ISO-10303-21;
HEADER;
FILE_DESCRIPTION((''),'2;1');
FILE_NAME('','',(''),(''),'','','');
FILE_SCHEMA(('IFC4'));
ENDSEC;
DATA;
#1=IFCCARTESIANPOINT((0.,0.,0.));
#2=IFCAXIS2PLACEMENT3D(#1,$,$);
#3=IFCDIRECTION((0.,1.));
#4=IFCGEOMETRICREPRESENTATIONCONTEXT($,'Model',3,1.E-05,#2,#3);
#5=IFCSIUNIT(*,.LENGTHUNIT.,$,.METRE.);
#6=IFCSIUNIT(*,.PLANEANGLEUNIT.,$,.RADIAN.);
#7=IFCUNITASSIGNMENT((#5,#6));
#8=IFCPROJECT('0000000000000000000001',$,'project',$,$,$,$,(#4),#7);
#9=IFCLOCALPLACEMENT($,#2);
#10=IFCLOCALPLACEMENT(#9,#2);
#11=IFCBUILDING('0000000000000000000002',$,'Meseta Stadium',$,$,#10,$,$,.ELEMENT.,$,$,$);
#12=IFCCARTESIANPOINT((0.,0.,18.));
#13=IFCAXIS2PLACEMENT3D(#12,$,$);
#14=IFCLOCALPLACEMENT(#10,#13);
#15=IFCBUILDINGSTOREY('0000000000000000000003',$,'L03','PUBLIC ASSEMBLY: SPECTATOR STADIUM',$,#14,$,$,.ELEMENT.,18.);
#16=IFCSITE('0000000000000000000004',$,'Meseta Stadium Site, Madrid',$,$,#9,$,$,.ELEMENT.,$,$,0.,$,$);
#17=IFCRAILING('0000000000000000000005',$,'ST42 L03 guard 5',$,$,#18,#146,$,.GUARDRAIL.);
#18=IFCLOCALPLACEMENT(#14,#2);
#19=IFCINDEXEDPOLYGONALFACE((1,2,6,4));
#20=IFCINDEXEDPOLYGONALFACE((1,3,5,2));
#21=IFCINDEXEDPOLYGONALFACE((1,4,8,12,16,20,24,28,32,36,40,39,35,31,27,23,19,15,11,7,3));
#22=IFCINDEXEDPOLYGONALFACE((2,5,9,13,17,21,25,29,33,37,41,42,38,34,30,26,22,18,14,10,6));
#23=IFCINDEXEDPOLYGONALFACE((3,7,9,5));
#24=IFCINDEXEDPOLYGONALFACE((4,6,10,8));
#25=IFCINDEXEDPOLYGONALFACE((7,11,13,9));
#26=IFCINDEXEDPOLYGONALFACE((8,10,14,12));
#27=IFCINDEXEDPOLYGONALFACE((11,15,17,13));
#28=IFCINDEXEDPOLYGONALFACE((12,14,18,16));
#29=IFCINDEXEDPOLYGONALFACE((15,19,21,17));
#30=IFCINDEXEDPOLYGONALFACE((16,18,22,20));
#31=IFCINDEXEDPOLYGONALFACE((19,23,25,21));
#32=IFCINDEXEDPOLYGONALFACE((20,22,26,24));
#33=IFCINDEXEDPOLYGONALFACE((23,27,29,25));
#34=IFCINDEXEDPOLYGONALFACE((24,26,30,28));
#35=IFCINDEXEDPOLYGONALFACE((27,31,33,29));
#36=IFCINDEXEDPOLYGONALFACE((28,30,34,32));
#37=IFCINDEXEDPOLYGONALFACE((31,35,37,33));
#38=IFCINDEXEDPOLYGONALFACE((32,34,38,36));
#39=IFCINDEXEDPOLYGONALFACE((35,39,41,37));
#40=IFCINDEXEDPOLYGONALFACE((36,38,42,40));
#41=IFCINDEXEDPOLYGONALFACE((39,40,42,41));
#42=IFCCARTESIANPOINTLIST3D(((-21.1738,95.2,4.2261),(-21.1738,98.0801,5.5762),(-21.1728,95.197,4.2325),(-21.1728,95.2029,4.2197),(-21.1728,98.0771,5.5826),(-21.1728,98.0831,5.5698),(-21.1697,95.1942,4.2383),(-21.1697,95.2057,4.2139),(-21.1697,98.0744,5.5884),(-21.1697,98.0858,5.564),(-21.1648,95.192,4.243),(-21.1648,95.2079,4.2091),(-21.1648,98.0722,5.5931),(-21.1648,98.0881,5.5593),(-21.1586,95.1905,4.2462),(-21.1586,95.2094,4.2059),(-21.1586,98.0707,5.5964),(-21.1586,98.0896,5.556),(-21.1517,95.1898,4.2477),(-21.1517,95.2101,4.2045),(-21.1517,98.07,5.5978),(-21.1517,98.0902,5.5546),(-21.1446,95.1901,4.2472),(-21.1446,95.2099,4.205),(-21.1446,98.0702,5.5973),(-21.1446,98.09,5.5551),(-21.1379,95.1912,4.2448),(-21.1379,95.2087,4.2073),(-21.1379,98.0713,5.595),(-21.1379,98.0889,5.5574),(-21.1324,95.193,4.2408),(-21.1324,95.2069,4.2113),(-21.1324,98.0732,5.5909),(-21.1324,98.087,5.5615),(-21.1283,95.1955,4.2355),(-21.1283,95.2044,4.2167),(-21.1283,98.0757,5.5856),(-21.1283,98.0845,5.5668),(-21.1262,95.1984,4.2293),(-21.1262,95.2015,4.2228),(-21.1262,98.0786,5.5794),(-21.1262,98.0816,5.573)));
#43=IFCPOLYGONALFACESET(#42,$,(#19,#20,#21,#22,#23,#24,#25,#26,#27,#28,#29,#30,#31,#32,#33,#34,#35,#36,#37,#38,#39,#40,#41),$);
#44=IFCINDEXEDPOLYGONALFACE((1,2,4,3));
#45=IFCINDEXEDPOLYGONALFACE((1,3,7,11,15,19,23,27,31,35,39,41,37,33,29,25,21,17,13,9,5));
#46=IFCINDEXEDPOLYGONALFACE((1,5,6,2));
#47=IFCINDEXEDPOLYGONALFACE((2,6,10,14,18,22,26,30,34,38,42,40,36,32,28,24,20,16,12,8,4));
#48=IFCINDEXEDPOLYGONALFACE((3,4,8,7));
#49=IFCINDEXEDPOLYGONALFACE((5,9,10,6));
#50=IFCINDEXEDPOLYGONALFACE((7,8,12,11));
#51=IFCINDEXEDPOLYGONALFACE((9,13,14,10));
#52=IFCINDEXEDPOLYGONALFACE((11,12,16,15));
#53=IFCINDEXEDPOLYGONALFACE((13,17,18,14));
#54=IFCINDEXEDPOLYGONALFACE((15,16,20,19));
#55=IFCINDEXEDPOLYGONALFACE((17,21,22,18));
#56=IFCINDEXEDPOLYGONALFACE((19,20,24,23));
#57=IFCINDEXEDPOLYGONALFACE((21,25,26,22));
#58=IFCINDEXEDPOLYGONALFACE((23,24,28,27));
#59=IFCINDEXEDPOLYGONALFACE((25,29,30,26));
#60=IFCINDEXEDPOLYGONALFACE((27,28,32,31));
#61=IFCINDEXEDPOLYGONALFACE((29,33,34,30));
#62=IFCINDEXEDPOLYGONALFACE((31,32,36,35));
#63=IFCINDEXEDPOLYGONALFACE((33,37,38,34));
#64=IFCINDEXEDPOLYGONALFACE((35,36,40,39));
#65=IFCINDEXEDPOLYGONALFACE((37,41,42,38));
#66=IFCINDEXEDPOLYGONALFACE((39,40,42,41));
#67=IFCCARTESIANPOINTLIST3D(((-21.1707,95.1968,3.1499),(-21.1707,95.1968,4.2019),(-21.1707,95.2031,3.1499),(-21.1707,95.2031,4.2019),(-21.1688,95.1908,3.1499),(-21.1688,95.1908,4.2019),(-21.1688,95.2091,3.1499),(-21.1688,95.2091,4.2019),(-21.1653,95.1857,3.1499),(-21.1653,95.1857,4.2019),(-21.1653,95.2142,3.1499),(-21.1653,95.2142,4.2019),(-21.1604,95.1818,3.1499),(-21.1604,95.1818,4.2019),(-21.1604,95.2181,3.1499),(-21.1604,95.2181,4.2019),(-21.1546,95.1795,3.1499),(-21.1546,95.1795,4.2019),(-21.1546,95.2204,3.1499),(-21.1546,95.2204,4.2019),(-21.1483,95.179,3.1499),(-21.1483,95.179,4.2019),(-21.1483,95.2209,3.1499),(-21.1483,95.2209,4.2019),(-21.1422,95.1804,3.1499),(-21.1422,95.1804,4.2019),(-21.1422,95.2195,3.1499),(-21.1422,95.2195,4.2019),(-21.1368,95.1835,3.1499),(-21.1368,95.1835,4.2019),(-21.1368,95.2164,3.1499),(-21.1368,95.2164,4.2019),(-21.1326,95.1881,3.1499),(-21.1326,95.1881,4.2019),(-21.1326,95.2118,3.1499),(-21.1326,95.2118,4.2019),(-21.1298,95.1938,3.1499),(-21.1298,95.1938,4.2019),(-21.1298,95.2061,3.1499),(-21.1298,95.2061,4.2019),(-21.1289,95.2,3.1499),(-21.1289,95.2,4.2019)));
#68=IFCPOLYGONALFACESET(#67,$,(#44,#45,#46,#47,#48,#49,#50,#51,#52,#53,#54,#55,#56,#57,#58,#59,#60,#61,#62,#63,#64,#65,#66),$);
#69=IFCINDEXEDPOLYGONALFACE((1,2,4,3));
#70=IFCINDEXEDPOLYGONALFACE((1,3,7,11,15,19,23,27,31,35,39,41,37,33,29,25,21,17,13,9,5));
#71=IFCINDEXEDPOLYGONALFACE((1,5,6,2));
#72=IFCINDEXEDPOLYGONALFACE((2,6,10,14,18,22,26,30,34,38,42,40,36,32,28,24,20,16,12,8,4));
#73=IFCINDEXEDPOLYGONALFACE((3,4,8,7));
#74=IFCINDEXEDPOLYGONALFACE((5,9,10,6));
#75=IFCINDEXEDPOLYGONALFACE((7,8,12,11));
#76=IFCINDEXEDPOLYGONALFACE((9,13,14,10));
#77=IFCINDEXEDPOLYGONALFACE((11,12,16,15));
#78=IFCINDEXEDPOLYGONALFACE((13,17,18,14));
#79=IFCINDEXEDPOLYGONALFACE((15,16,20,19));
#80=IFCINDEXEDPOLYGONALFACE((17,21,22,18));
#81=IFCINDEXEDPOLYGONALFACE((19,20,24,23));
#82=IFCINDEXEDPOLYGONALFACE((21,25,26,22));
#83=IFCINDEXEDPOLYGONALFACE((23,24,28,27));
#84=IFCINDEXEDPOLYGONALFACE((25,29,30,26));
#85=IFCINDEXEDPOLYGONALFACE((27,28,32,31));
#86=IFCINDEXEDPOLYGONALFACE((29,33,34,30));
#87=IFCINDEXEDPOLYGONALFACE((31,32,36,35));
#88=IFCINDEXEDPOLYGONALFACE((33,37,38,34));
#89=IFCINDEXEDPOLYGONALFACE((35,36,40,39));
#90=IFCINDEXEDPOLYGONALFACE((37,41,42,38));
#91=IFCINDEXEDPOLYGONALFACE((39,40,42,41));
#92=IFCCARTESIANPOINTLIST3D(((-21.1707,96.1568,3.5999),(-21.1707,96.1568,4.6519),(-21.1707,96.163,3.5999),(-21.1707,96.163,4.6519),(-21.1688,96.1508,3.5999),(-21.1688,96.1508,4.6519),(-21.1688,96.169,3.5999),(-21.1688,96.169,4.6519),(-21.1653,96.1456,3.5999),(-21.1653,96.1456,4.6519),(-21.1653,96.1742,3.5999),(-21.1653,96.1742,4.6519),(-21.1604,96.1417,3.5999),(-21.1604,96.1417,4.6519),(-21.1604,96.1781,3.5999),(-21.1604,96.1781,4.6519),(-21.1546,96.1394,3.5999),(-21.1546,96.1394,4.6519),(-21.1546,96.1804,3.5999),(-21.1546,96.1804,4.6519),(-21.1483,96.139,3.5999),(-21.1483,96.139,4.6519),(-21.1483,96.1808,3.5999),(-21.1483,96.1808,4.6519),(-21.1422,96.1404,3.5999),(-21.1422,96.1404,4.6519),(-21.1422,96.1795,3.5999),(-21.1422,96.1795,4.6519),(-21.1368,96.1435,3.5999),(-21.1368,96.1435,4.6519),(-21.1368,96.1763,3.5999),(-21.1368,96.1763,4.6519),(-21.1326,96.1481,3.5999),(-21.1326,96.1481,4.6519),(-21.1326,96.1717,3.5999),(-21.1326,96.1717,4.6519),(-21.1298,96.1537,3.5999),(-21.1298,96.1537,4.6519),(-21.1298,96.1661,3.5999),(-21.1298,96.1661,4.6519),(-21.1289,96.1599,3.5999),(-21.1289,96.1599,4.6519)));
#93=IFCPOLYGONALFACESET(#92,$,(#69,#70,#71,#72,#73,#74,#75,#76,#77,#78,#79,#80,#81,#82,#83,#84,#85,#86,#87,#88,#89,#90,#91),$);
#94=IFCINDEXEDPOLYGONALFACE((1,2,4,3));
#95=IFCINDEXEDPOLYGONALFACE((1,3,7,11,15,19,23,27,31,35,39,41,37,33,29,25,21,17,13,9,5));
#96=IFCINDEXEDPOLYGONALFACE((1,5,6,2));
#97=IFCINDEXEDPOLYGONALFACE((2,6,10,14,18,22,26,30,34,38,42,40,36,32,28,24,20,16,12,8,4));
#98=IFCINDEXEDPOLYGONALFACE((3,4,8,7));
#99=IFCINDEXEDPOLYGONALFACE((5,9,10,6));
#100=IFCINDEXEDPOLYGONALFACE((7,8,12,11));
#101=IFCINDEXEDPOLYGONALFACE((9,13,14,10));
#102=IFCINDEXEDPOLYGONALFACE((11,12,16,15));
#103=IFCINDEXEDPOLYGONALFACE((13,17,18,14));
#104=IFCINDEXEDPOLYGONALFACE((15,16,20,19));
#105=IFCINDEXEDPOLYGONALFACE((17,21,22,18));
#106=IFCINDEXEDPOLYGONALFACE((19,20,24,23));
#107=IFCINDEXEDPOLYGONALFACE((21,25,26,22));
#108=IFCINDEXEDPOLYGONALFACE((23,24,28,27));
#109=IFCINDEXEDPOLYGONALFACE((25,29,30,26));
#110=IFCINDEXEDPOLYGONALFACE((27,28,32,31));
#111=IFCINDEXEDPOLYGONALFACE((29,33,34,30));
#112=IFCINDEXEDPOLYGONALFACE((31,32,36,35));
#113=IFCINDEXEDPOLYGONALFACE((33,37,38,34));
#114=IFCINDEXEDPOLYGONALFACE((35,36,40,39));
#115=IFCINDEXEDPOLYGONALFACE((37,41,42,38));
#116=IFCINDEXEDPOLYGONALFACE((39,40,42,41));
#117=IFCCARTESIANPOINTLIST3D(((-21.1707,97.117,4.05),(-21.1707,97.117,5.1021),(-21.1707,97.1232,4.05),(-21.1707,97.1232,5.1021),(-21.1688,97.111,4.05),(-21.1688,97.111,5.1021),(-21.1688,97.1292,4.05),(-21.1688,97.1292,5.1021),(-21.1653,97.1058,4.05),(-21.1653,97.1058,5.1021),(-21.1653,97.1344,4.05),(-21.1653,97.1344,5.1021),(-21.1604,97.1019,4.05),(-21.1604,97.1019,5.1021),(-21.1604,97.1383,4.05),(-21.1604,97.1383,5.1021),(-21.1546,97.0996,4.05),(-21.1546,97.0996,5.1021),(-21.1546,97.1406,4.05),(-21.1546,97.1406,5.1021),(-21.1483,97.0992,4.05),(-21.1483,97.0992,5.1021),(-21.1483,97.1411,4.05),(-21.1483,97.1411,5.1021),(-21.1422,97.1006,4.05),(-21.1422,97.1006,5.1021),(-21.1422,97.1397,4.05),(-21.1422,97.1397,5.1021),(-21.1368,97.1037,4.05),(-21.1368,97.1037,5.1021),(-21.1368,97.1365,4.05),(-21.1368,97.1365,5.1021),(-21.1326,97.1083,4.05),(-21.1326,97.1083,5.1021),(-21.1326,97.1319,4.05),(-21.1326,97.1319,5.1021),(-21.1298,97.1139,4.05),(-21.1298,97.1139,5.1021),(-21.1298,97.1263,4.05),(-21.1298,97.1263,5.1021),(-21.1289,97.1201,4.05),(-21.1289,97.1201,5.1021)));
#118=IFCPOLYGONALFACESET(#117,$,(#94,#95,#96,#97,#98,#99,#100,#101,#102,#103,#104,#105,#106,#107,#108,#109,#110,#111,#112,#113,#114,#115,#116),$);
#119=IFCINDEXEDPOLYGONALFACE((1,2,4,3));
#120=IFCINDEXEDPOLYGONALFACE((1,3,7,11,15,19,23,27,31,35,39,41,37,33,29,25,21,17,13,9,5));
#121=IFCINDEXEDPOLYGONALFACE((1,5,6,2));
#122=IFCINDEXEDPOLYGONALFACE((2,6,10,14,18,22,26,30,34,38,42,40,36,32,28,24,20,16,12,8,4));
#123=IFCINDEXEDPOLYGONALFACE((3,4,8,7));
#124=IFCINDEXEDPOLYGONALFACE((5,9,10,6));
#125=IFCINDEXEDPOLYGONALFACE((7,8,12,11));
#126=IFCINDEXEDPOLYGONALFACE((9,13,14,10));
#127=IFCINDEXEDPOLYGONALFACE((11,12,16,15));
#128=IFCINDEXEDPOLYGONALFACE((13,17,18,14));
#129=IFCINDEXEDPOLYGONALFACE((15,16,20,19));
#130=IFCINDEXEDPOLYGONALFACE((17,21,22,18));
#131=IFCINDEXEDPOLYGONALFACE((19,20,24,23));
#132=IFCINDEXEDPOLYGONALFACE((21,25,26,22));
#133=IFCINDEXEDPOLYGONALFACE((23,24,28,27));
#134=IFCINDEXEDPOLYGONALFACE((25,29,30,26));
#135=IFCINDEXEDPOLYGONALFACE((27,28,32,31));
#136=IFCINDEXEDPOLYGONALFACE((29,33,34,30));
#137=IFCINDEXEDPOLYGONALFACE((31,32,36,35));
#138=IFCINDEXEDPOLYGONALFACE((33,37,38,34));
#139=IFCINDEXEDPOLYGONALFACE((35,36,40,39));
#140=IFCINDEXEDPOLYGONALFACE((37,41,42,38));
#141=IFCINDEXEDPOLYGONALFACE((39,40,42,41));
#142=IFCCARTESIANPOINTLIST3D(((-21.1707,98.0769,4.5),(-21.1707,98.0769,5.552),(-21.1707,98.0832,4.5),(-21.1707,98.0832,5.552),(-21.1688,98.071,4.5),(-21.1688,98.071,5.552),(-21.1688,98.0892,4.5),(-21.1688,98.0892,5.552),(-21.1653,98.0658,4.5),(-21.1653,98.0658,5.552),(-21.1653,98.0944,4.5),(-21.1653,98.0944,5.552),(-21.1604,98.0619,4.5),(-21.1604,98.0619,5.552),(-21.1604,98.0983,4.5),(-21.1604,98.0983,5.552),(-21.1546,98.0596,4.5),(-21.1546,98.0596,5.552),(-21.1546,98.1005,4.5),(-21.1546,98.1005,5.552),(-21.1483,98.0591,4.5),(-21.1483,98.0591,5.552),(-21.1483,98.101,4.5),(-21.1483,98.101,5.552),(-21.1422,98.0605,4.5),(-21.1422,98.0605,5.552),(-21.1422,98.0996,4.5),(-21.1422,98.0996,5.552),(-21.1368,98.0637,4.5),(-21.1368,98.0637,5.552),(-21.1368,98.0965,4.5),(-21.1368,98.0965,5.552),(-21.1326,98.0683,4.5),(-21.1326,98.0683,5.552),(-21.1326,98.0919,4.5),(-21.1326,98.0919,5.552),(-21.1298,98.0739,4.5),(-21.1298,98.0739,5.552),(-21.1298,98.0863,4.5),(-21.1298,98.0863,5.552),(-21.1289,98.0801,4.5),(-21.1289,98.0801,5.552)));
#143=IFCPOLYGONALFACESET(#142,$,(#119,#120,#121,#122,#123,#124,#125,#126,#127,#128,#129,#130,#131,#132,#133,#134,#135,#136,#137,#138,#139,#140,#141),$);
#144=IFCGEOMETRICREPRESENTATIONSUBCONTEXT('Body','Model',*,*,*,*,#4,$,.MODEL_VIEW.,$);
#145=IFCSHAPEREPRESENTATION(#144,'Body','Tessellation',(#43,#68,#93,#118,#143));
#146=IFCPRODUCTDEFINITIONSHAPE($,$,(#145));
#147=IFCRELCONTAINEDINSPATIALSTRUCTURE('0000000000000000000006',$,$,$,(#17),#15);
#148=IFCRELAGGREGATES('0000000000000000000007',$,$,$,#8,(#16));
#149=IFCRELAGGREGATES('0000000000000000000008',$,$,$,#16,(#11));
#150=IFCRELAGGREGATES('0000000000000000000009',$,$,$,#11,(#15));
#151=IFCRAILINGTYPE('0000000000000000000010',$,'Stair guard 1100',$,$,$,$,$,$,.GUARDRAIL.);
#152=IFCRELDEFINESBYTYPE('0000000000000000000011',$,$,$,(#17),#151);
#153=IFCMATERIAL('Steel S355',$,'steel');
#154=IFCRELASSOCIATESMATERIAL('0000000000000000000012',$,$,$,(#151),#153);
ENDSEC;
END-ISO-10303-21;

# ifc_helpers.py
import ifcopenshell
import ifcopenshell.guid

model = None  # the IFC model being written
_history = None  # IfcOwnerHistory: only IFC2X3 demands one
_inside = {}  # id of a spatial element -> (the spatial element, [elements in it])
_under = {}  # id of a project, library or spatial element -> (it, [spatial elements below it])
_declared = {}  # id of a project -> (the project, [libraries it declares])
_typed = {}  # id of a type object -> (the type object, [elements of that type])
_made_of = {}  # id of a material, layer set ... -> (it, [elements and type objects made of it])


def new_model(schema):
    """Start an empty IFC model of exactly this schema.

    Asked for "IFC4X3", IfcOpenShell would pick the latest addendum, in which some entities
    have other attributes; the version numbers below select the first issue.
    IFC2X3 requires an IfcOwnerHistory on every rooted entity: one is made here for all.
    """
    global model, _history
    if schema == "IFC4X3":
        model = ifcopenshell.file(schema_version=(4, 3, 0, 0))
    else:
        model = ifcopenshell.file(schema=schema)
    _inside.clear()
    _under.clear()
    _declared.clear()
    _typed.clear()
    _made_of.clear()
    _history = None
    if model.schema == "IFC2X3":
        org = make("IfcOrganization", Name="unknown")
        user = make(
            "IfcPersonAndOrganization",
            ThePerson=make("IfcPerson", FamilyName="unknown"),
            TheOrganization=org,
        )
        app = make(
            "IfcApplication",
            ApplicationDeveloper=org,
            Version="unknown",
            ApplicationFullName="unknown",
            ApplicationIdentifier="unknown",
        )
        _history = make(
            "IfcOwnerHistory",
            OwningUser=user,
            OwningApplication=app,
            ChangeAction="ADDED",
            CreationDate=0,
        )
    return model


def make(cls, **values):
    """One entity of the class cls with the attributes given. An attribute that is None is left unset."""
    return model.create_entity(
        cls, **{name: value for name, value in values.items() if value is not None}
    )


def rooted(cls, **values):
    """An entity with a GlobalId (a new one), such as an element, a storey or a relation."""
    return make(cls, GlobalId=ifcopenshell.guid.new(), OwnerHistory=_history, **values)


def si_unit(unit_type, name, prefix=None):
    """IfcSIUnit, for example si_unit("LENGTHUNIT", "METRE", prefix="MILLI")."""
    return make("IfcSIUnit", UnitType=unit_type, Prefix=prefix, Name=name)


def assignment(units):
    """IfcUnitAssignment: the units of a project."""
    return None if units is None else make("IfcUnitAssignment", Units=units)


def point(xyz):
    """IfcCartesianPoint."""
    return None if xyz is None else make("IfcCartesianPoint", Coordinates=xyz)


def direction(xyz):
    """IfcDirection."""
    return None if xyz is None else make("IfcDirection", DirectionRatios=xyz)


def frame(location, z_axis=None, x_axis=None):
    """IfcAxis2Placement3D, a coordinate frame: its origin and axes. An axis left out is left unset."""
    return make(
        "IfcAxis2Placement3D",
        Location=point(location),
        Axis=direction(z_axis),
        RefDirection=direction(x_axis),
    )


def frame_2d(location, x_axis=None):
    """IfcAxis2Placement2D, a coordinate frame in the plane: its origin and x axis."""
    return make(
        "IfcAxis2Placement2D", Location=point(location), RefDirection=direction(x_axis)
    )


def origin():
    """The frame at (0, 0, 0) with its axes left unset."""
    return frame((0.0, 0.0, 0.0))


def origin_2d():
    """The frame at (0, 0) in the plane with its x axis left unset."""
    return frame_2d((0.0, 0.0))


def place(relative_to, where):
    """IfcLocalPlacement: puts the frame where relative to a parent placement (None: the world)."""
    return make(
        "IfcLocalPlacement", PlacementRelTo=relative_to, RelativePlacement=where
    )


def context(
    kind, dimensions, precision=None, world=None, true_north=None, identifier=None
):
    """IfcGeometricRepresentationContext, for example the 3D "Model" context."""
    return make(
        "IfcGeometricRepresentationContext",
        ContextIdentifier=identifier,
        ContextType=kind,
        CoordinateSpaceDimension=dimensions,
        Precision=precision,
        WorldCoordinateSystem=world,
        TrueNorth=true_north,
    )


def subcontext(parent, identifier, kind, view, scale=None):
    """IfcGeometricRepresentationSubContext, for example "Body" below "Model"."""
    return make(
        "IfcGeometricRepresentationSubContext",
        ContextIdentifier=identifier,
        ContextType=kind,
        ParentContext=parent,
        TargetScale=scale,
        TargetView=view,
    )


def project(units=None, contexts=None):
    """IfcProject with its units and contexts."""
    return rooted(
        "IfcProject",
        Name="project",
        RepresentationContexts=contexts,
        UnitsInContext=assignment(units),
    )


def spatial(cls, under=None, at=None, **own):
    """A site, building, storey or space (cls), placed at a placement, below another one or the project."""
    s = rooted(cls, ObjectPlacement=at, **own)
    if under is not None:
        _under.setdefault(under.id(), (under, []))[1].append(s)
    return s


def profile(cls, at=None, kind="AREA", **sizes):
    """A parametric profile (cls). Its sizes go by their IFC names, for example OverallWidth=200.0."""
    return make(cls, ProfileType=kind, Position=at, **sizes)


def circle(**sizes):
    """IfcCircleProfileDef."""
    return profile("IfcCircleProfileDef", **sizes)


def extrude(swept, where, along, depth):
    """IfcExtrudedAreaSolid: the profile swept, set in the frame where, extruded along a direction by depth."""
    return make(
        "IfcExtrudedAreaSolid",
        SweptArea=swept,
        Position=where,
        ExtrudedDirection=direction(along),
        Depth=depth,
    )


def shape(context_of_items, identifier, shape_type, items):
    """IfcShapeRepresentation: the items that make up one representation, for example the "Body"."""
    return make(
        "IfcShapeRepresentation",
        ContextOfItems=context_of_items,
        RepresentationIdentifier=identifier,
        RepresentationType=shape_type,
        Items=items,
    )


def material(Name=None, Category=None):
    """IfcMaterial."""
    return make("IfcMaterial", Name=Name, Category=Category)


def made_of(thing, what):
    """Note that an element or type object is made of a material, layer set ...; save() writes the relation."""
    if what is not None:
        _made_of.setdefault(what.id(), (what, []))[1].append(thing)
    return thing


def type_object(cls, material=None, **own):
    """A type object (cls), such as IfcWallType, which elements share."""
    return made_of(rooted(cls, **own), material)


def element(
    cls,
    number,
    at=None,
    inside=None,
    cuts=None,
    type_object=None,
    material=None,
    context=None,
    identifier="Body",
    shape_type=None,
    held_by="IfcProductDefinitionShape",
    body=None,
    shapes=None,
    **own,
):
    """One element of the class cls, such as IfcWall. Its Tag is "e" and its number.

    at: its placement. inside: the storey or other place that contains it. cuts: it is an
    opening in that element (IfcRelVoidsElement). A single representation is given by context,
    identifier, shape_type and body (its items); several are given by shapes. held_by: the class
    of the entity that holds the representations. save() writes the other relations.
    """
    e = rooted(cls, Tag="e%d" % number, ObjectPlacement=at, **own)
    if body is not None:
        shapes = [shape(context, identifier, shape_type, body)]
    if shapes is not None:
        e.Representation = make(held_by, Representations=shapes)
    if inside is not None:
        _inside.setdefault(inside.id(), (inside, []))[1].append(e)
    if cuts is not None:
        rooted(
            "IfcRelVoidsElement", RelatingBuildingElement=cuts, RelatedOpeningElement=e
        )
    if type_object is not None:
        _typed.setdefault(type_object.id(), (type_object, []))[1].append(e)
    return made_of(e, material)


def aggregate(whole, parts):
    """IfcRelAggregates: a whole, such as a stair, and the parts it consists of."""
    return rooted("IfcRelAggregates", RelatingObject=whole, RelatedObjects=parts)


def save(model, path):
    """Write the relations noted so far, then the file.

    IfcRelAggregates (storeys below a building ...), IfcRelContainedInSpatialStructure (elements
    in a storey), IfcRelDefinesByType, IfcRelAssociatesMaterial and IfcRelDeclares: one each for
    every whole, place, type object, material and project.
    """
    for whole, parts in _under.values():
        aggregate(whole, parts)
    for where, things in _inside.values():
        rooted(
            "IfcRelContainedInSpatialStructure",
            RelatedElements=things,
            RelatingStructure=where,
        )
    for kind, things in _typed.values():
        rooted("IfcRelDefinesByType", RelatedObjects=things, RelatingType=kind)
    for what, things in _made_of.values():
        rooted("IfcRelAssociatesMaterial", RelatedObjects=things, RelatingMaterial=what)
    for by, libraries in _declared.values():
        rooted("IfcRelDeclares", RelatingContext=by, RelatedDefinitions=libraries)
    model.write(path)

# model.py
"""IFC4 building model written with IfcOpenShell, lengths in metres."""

from ifc_helpers import new_model, si_unit, direction, frame, origin, origin_2d, place, context, subcontext, project, spatial, circle, extrude, material, type_object, element, save


model = new_model("IFC4")

# Units and contexts
model_context = context("Model", 3, precision=1e-05, world=origin(), true_north=direction((0.0, 1.0)))
body_context = subcontext(model_context, "Body", "Model", "MODEL_VIEW")
ifc_project = project(units=[si_unit("LENGTHUNIT", "METRE"), si_unit("PLANEANGLEUNIT", "RADIAN")], contexts=[model_context])

# Site, building, storey
site_placement = place(None, origin())
site = spatial("IfcSite", under=ifc_project, at=site_placement, Name="Meseta Stadium Site, Madrid", CompositionType="ELEMENT", RefElevation=0.0)
building_placement = place(site_placement, origin())
building = spatial("IfcBuilding", under=site, at=building_placement, Name="Meseta Stadium", CompositionType="ELEMENT")
storey_placement = place(building_placement, frame((0.0, 0.0, 18.0)))
storey = spatial("IfcBuildingStorey", under=building, at=storey_placement, Name="L03", Description="PUBLIC ASSEMBLY: SPECTATOR STADIUM", CompositionType="ELEMENT", Elevation=18.0)

# Railing
ifc_material_1 = material(Name="Steel S355", Category="steel")
railing_type_1 = type_object("IfcRailingType", Name="Stair guard 1100", PredefinedType="GUARDRAIL", material=ifc_material_1)
railing_1_placement = place(storey_placement, frame((-21.1499, 95.2, 3.1499)))
element("IfcRailing", 1, at=railing_1_placement, inside=storey, type_object=railing_type_1, Name="ST42 L03 guard 5", PredefinedType="GUARDRAIL", context=body_context, shape_type="SweptSolid", body=[
    extrude(circle(Radius=0.0239, at=origin_2d()), frame((0.0, 0.0, 1.0762), z_axis=(0.0, 0.905454, 0.424444), x_axis=(-1.0, 0.0, 0.0)), (0.0, 0.0, 1.0), 3.1809),
    extrude(circle(Radius=0.021, at=origin_2d()), origin(), (0.0, 0.0, 1.0), 1.052),
    extrude(circle(Radius=0.021, at=origin_2d()), frame((0.0, 0.96, 0.45)), (0.0, 0.0, 1.0), 1.052),
    extrude(circle(Radius=0.021, at=origin_2d()), frame((0.0, 1.9202, 0.9001)), (0.0, 0.0, 1.0), 1.052),
    extrude(circle(Radius=0.021, at=origin_2d()), frame((0.0, 2.8801, 1.3501)), (0.0, 0.0, 1.0), 1.052),
])

save(model, "model.ifc")
